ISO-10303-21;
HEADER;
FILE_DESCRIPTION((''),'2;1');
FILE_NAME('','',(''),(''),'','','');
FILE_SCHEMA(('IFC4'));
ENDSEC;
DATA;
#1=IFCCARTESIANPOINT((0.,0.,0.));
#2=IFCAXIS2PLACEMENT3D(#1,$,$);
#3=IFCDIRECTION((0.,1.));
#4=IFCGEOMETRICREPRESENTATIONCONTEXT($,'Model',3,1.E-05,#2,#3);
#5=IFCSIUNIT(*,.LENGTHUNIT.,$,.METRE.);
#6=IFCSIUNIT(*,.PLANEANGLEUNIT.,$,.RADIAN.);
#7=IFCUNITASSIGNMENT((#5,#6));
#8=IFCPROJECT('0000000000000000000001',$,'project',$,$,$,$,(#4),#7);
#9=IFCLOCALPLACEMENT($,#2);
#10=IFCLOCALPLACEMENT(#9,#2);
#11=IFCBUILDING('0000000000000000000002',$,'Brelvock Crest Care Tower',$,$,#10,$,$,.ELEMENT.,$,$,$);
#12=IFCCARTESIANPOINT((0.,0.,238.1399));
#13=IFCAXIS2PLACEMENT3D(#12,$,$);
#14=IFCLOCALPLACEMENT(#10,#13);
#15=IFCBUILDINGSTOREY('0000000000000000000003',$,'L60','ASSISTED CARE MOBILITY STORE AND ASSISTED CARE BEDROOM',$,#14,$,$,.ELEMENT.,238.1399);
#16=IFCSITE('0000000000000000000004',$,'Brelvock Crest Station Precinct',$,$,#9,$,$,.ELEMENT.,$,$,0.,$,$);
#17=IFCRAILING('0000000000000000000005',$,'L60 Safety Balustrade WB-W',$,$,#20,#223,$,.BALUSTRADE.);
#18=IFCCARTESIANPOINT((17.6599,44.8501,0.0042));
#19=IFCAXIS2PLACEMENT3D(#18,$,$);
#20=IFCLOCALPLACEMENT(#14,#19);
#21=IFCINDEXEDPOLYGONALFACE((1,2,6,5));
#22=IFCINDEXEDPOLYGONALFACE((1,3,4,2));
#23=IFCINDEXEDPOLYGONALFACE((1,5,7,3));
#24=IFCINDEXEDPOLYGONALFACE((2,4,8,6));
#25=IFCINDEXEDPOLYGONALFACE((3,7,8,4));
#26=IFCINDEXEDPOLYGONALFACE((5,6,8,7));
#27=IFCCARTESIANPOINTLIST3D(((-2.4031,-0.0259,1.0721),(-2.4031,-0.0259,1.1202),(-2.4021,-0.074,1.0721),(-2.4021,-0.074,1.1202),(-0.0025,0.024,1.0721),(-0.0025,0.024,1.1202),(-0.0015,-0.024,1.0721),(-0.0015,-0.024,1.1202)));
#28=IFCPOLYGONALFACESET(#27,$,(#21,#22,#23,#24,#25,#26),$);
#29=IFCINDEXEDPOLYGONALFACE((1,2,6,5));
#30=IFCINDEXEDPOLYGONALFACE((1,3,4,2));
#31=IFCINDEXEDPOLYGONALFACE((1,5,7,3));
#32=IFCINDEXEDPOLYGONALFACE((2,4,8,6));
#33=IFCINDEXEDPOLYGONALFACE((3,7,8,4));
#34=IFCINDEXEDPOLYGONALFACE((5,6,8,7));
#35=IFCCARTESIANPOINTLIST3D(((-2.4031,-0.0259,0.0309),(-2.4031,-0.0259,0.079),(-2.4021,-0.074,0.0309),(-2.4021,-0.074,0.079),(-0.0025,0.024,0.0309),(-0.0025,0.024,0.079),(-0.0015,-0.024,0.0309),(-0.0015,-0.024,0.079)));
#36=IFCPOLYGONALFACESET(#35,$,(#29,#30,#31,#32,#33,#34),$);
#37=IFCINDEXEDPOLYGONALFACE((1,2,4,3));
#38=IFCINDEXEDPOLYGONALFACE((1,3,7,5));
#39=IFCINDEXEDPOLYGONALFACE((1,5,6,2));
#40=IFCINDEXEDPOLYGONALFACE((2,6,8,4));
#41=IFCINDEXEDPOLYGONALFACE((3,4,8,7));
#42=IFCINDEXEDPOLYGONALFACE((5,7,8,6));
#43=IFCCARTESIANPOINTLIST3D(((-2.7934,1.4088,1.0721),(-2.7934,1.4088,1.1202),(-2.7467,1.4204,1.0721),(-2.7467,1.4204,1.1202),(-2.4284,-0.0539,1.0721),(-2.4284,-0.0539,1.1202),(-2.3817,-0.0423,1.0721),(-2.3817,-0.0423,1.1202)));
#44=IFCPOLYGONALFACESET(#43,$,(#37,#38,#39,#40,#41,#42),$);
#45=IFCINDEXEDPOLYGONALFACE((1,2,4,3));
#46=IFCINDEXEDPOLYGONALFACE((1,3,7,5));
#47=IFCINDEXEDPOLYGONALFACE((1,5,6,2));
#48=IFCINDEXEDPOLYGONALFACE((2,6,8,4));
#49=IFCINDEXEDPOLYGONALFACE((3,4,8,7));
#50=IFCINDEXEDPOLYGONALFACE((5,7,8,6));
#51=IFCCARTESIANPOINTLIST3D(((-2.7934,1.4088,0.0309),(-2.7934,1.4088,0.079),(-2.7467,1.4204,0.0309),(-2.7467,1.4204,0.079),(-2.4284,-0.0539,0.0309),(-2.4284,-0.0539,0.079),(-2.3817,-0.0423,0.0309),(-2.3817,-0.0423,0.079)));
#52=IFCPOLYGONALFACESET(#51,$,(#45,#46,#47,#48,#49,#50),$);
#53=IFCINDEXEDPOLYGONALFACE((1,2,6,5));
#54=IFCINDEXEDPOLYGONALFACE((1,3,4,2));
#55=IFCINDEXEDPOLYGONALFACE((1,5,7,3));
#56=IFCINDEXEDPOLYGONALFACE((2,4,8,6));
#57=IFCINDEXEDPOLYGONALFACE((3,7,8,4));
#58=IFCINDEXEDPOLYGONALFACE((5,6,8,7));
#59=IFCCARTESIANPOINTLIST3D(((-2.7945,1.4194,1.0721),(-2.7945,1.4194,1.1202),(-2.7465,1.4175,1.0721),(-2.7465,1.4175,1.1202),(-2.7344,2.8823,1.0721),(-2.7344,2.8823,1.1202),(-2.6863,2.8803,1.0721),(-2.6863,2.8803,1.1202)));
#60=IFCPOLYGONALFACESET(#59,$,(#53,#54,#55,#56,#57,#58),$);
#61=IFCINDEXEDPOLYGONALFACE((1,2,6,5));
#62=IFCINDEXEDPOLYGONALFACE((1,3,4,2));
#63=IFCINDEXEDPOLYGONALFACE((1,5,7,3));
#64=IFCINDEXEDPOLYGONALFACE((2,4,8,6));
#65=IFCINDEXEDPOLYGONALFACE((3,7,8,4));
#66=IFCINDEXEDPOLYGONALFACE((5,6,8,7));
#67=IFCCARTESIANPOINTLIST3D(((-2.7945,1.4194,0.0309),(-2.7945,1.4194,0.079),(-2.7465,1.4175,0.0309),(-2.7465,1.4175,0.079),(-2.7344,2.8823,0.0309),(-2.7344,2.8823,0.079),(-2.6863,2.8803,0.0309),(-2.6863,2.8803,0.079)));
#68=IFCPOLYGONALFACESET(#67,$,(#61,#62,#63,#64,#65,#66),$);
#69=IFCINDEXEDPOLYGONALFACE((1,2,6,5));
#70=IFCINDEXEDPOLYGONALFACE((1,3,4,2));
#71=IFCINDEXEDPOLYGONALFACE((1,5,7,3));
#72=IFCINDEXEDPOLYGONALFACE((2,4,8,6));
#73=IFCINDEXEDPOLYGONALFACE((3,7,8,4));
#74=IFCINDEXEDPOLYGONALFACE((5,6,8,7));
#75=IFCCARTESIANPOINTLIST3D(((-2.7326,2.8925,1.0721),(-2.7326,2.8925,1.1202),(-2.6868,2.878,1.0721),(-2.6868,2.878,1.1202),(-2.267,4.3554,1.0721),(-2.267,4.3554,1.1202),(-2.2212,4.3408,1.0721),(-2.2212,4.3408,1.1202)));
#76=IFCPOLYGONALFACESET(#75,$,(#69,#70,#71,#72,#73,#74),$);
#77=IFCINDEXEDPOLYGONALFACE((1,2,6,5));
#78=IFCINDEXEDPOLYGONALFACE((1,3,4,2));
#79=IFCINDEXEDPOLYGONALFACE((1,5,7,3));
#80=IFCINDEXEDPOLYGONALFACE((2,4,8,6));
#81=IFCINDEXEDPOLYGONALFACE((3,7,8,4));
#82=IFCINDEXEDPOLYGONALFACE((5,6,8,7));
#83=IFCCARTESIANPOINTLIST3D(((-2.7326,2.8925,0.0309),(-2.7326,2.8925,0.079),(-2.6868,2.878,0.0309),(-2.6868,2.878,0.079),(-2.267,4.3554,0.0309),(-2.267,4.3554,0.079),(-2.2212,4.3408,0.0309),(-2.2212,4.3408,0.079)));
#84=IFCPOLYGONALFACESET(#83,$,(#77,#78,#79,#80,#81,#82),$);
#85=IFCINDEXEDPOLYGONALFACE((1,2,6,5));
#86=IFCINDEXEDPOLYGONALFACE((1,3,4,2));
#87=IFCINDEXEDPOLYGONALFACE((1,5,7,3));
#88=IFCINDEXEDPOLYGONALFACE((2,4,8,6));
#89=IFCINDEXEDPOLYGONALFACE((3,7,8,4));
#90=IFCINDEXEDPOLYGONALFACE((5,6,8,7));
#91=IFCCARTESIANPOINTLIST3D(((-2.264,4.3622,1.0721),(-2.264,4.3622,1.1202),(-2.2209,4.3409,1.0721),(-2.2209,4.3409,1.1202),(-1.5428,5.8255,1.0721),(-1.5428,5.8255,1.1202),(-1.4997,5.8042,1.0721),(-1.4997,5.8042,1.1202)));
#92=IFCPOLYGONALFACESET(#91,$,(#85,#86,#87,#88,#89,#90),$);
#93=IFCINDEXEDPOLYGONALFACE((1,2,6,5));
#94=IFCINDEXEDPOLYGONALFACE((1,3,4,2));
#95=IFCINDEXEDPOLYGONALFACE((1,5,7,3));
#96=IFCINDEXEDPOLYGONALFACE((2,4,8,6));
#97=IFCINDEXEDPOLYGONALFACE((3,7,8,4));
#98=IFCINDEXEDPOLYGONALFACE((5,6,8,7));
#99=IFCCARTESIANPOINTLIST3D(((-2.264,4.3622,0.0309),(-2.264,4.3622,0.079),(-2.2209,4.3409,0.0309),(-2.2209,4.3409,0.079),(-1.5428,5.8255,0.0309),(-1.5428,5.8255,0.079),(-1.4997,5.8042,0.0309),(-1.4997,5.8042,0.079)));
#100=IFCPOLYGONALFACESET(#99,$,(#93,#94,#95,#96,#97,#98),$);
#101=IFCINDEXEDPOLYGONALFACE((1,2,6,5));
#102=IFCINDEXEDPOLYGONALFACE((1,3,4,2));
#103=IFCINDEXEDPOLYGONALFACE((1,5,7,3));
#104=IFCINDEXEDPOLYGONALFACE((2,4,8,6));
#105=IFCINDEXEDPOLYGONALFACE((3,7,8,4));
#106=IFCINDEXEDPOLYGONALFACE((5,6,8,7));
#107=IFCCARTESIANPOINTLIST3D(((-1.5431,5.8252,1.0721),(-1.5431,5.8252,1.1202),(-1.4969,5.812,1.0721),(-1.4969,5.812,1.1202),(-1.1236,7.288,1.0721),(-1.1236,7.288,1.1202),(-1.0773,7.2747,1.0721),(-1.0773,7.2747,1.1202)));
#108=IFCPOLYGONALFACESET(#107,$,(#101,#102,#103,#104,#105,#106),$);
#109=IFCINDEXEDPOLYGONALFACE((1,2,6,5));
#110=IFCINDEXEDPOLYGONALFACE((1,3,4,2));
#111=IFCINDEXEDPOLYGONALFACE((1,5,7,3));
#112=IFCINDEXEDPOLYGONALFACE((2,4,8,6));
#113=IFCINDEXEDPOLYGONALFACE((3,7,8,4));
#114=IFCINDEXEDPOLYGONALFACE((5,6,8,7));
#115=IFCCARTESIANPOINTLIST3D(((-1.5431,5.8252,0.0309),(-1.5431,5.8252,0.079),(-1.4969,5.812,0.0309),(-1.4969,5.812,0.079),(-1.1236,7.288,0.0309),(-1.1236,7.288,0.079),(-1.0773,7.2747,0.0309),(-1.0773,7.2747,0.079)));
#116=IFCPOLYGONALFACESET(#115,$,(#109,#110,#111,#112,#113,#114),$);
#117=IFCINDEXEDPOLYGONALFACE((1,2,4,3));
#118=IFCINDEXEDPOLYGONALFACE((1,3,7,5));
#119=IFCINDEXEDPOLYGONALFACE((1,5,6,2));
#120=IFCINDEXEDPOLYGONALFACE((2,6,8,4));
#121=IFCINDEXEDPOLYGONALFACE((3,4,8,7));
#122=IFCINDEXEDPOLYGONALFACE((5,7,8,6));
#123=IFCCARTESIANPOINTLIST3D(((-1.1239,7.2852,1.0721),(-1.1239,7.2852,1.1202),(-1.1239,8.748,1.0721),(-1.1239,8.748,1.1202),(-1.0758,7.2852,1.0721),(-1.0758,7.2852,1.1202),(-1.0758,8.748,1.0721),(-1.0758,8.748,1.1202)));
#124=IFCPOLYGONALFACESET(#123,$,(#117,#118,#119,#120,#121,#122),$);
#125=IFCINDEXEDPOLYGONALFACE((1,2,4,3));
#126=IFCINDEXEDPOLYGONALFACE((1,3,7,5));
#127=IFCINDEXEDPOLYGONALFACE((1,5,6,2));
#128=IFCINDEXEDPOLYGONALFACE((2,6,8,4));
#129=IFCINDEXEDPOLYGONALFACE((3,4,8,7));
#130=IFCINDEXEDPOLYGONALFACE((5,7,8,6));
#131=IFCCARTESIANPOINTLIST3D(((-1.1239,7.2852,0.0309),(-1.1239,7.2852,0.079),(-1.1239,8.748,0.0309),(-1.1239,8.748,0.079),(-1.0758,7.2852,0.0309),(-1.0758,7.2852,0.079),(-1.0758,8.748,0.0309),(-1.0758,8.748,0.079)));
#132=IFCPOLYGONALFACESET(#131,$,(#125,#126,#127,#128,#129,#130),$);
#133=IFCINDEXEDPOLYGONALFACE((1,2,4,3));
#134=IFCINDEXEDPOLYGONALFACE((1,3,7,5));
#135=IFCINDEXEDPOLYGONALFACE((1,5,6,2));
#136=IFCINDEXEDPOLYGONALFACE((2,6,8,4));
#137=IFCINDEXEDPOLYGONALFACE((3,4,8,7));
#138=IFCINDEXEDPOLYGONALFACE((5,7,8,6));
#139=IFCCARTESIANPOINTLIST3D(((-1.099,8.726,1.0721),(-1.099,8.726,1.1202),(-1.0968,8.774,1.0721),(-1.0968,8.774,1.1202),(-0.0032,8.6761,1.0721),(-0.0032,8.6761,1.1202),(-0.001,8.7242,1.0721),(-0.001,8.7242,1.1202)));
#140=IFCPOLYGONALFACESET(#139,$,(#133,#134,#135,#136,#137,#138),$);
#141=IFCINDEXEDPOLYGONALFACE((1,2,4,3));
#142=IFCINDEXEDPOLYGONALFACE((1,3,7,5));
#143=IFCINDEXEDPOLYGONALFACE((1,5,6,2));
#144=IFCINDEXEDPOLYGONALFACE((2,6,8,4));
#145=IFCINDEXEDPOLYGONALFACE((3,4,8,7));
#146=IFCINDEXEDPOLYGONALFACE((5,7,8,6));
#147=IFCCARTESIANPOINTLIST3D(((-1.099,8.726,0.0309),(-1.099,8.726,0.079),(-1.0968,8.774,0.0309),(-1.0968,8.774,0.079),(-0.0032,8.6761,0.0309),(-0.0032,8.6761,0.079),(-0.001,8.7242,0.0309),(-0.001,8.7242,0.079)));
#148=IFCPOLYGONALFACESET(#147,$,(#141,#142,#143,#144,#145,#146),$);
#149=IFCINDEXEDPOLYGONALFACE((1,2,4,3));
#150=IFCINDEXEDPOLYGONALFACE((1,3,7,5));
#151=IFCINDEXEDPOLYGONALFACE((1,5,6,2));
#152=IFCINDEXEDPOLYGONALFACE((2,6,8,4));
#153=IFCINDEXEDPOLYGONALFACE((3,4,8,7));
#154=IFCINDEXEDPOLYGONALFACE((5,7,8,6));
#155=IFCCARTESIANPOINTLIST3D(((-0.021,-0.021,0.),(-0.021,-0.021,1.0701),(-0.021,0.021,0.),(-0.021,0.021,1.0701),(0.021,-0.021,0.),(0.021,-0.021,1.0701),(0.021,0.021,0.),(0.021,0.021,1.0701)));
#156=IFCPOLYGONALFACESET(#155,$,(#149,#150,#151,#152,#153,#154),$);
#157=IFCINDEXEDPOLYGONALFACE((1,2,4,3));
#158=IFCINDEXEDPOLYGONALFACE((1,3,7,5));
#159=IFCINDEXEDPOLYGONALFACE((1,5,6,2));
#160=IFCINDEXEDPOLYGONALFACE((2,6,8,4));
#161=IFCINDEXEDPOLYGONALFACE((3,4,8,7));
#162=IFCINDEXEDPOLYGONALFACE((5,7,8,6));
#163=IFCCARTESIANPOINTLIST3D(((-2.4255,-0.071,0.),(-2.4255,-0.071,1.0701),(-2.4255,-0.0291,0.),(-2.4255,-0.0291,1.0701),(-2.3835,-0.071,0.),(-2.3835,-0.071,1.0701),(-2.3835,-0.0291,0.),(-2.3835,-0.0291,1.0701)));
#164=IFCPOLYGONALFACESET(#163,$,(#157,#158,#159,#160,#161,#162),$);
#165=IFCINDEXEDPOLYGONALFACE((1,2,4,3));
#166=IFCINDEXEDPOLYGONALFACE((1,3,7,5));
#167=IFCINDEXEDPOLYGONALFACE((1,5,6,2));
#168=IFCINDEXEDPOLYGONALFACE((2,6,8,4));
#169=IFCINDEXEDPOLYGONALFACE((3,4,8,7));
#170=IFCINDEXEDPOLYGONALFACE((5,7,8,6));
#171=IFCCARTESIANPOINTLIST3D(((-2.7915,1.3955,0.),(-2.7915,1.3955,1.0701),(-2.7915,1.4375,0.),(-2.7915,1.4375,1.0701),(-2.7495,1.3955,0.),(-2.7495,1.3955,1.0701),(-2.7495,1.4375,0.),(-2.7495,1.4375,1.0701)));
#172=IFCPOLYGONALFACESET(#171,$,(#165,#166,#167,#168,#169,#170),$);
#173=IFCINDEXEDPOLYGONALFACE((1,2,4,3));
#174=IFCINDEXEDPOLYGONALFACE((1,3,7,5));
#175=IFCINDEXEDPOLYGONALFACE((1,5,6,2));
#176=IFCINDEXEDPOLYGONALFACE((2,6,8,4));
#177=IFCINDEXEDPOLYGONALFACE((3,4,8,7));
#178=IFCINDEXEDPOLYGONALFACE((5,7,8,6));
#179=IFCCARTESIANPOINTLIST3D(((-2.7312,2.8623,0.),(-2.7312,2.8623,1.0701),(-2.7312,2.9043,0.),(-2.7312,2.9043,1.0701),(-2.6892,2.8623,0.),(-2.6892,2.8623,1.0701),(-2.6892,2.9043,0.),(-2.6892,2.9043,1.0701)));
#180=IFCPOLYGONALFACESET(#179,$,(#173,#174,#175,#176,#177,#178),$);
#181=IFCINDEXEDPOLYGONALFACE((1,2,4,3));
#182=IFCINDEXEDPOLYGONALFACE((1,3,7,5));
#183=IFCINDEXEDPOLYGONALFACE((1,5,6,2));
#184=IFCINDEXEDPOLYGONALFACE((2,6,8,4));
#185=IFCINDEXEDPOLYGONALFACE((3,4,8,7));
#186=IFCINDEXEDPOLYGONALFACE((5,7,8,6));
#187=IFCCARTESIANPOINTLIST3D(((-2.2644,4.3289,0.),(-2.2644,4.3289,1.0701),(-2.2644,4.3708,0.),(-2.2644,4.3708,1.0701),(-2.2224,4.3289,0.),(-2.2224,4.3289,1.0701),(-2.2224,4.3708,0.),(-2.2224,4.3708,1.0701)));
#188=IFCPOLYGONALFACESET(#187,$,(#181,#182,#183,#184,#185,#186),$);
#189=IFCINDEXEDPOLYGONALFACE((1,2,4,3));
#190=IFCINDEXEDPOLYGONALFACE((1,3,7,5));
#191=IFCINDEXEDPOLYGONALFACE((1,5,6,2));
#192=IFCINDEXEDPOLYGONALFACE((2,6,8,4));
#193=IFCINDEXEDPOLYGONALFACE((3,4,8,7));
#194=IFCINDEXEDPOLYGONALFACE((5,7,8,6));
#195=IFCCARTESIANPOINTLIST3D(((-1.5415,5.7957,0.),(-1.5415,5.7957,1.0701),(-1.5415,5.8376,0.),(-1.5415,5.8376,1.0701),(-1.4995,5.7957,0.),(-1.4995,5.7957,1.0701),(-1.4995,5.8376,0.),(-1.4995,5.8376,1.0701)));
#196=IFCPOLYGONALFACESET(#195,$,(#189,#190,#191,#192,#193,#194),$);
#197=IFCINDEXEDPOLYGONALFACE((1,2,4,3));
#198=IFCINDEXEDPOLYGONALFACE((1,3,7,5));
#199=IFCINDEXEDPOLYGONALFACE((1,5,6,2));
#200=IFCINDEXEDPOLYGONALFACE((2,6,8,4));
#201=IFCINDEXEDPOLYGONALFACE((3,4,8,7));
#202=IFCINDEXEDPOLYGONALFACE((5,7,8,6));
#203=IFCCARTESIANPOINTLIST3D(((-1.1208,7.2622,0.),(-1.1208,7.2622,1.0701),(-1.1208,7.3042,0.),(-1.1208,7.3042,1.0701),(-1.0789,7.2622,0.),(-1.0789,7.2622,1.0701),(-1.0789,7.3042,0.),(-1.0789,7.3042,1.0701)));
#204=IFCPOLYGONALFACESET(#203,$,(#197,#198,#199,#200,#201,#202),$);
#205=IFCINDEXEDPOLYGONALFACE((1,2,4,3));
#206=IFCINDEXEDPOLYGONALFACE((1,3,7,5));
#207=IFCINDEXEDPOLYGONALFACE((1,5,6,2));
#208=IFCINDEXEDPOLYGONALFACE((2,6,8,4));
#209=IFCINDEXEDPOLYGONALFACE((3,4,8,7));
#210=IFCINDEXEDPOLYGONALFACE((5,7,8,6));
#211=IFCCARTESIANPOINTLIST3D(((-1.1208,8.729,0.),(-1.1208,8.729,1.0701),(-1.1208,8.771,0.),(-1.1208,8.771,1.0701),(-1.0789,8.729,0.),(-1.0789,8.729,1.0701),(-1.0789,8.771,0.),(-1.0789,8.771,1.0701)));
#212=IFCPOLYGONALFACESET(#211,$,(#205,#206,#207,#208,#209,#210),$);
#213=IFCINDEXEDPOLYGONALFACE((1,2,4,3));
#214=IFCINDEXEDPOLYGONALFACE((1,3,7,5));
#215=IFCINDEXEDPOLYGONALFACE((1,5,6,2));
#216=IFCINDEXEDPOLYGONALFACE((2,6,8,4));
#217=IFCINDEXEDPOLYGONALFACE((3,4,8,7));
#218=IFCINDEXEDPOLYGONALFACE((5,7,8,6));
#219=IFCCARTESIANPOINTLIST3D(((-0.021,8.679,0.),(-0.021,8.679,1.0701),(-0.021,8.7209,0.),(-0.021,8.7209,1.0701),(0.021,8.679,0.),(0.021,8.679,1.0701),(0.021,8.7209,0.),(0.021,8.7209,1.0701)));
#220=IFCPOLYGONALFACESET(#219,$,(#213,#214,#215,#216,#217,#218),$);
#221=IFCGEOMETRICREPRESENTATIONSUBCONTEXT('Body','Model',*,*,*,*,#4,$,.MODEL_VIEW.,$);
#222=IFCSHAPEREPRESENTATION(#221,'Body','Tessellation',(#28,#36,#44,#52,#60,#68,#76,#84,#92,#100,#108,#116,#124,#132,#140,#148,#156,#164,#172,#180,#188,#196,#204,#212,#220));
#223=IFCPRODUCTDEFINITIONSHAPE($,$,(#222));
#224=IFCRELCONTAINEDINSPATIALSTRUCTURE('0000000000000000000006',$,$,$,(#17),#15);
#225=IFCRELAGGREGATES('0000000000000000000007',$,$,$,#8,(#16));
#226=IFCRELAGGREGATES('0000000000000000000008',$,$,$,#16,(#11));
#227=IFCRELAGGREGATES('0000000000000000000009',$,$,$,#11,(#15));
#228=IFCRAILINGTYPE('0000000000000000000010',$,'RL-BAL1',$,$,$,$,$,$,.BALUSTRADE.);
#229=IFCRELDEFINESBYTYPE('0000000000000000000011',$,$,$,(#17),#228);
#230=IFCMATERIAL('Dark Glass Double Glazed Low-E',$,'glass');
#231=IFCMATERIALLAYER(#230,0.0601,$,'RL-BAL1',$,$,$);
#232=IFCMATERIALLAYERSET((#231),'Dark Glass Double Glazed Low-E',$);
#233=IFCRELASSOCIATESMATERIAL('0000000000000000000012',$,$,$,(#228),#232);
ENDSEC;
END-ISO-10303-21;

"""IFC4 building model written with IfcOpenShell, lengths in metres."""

from ifc_helpers import new_model, si_unit, direction, frame, origin, origin_2d, place, context, subcontext, project, spatial, rectangle, extrude, material, layer, layer_set, type_object, element, save


model = new_model("IFC4")

# Units and contexts
model_context = context("Model", 3, precision=1e-05, world=origin(), true_north=direction((0.0, 1.0)))
body_context = subcontext(model_context, "Body", "Model", "MODEL_VIEW")
ifc_project = project(units=[si_unit("LENGTHUNIT", "METRE"), si_unit("PLANEANGLEUNIT", "RADIAN")], contexts=[model_context])

# Site, building, storey
site_placement = place(None, origin())
site = spatial("IfcSite", under=ifc_project, at=site_placement, Name="Brelvock Crest Station Precinct", CompositionType="ELEMENT", RefElevation=0.0)
building_placement = place(site_placement, origin())
building = spatial("IfcBuilding", under=site, at=building_placement, Name="Brelvock Crest Care Tower", CompositionType="ELEMENT")
storey_placement = place(building_placement, frame((0.0, 0.0, 238.1399)))
storey = spatial("IfcBuildingStorey", under=building, at=storey_placement, Name="L60", Description="ASSISTED CARE MOBILITY STORE AND ASSISTED CARE BEDROOM", CompositionType="ELEMENT", Elevation=238.1399)

# Shared definitions
ifc_material_1 = material(Name="Dark Glass Double Glazed Low-E", Category="glass")

# Railing
ifc_layer_1 = layer(ifc_material_1, 0.0601, Name="RL-BAL1")
ifc_layer_set_1 = layer_set([ifc_layer_1], Name="Dark Glass Double Glazed Low-E")
railing_type = type_object("IfcRailingType", Name="RL-BAL1", PredefinedType="BALUSTRADE", material=ifc_layer_set_1)
railing_placement = place(storey_placement, frame((17.6599, 44.8501, 0.0042)))
element("IfcRailing", 1, at=railing_placement, inside=storey, type_object=railing_type, Name="L60 Safety Balustrade WB-W", PredefinedType="BALUSTRADE", context=body_context, shape_type="SweptSolid", body=[
    extrude(rectangle(XDim=0.0481, YDim=0.0481, at=origin_2d()), frame((-0.002, 0.0, 1.0962), z_axis=(-0.999783, -0.02081, 0.0), x_axis=(0.02081, -0.999783, 0.0)), (0.0, 0.0, 1.0), 2.4011),
    extrude(rectangle(XDim=0.0481, YDim=0.0481, at=origin_2d()), frame((-0.002, 0.0, 0.0549), z_axis=(-0.999783, -0.02081, 0.0), x_axis=(0.02081, -0.999783, 0.0)), (0.0, 0.0, 1.0), 2.4011),
    extrude(rectangle(XDim=0.0481, YDim=0.0481, at=origin_2d()), frame((-2.405, -0.0481, 1.0962), z_axis=(-0.242118, 0.970247, 0.0), x_axis=(-0.970247, -0.242118, 0.0)), (0.0, 0.0, 1.0), 1.5076),
    extrude(rectangle(XDim=0.0481, YDim=0.0481, at=origin_2d()), frame((-2.405, -0.0481, 0.0549), z_axis=(-0.242118, 0.970247, 0.0), x_axis=(-0.970247, -0.242118, 0.0)), (0.0, 0.0, 1.0), 1.5076),
    extrude(rectangle(XDim=0.0481, YDim=0.0481, at=origin_2d()), frame((-2.7705, 1.4185, 1.0962), z_axis=(0.041077, 0.999156, 0.0), x_axis=(-0.999156, 0.041077, 0.0)), (0.0, 0.0, 1.0), 1.4641),
    extrude(rectangle(XDim=0.0481, YDim=0.0481, at=origin_2d()), frame((-2.7705, 1.4185, 0.0549), z_axis=(0.041077, 0.999156, 0.0), x_axis=(-0.999156, 0.041077, 0.0)), (0.0, 0.0, 1.0), 1.4641),
    extrude(rectangle(XDim=0.0481, YDim=0.0481, at=origin_2d()), frame((-2.7097, 2.8853, 1.0962), z_axis=(0.303302, 0.952895, 0.0), x_axis=(-0.952895, 0.303302, 0.0)), (0.0, 0.0, 1.0), 1.5352),
    extrude(rectangle(XDim=0.0481, YDim=0.0481, at=origin_2d()), frame((-2.7097, 2.8853, 0.0549), z_axis=(0.303302, 0.952895, 0.0), x_axis=(-0.952895, 0.303302, 0.0)), (0.0, 0.0, 1.0), 1.5352),
    extrude(rectangle(XDim=0.0481, YDim=0.0481, at=origin_2d()), frame((-2.2424, 4.3516, 1.0962), z_axis=(0.44207, 0.89698, 0.0), x_axis=(-0.89698, 0.44207, 0.0)), (0.0, 0.0, 1.0), 1.6313),
    extrude(rectangle(XDim=0.0481, YDim=0.0481, at=origin_2d()), frame((-2.2424, 4.3516, 0.0549), z_axis=(0.44207, 0.89698, 0.0), x_axis=(-0.89698, 0.44207, 0.0)), (0.0, 0.0, 1.0), 1.6313),
    extrude(rectangle(XDim=0.0481, YDim=0.0481, at=origin_2d()), frame((-1.52, 5.8186, 1.0962), z_axis=(0.275714, 0.96124, 0.0), x_axis=(-0.96124, 0.275714, 0.0)), (0.0, 0.0, 1.0), 1.5217),
    extrude(rectangle(XDim=0.0481, YDim=0.0481, at=origin_2d()), frame((-1.52, 5.8186, 0.0549), z_axis=(0.275714, 0.96124, 0.0), x_axis=(-0.96124, 0.275714, 0.0)), (0.0, 0.0, 1.0), 1.5217),
    extrude(rectangle(XDim=0.0481, YDim=0.0481, at=origin_2d()), frame((-1.0999, 7.2852, 1.0962), z_axis=(0.0, 1.0, 0.0), x_axis=(-1.0, 0.0, 0.0)), (0.0, 0.0, 1.0), 1.4629),
    extrude(rectangle(XDim=0.0481, YDim=0.0481, at=origin_2d()), frame((-1.0999, 7.2852, 0.0549), z_axis=(0.0, 1.0, 0.0), x_axis=(-1.0, 0.0, 0.0)), (0.0, 0.0, 1.0), 1.4629),
    extrude(rectangle(XDim=0.0481, YDim=0.0481, at=origin_2d()), frame((-1.0979, 8.75, 1.0962), z_axis=(0.998966, -0.045458, 0.0), x_axis=(0.045458, 0.998966, 0.0)), (0.0, 0.0, 1.0), 1.0969),
    extrude(rectangle(XDim=0.0481, YDim=0.0481, at=origin_2d()), frame((-1.0979, 8.75, 0.0549), z_axis=(0.998966, -0.045458, 0.0), x_axis=(0.045458, 0.998966, 0.0)), (0.0, 0.0, 1.0), 1.0969),
    extrude(rectangle(XDim=0.042, YDim=0.042, at=origin_2d()), origin(), (0.0, 0.0, 1.0), 1.0701),
    extrude(rectangle(XDim=0.042, YDim=0.042, at=origin_2d()), frame((-2.4045, -0.05, 0.0)), (0.0, 0.0, 1.0), 1.0701),
    extrude(rectangle(XDim=0.042, YDim=0.042, at=origin_2d()), frame((-2.7705, 1.4165, 0.0)), (0.0, 0.0, 1.0), 1.0701),
    extrude(rectangle(XDim=0.042, YDim=0.042, at=origin_2d()), frame((-2.7102, 2.8833, 0.0)), (0.0, 0.0, 1.0), 1.0701),
    extrude(rectangle(XDim=0.042, YDim=0.042, at=origin_2d()), frame((-2.2434, 4.3499, 0.0)), (0.0, 0.0, 1.0), 1.0701),
    extrude(rectangle(XDim=0.042, YDim=0.042, at=origin_2d()), frame((-1.5205, 5.8167, 0.0)), (0.0, 0.0, 1.0), 1.0701),
    extrude(rectangle(XDim=0.042, YDim=0.042, at=origin_2d()), frame((-1.0999, 7.2832, 0.0)), (0.0, 0.0, 1.0), 1.0701),
    extrude(rectangle(XDim=0.042, YDim=0.042, at=origin_2d()), frame((-1.0999, 8.75, 0.0)), (0.0, 0.0, 1.0), 1.0701),
    extrude(rectangle(XDim=0.042, YDim=0.042, at=origin_2d()), frame((0.0, 8.7, 0.0)), (0.0, 0.0, 1.0), 1.0701),
])

save(model, "model.ifc")
